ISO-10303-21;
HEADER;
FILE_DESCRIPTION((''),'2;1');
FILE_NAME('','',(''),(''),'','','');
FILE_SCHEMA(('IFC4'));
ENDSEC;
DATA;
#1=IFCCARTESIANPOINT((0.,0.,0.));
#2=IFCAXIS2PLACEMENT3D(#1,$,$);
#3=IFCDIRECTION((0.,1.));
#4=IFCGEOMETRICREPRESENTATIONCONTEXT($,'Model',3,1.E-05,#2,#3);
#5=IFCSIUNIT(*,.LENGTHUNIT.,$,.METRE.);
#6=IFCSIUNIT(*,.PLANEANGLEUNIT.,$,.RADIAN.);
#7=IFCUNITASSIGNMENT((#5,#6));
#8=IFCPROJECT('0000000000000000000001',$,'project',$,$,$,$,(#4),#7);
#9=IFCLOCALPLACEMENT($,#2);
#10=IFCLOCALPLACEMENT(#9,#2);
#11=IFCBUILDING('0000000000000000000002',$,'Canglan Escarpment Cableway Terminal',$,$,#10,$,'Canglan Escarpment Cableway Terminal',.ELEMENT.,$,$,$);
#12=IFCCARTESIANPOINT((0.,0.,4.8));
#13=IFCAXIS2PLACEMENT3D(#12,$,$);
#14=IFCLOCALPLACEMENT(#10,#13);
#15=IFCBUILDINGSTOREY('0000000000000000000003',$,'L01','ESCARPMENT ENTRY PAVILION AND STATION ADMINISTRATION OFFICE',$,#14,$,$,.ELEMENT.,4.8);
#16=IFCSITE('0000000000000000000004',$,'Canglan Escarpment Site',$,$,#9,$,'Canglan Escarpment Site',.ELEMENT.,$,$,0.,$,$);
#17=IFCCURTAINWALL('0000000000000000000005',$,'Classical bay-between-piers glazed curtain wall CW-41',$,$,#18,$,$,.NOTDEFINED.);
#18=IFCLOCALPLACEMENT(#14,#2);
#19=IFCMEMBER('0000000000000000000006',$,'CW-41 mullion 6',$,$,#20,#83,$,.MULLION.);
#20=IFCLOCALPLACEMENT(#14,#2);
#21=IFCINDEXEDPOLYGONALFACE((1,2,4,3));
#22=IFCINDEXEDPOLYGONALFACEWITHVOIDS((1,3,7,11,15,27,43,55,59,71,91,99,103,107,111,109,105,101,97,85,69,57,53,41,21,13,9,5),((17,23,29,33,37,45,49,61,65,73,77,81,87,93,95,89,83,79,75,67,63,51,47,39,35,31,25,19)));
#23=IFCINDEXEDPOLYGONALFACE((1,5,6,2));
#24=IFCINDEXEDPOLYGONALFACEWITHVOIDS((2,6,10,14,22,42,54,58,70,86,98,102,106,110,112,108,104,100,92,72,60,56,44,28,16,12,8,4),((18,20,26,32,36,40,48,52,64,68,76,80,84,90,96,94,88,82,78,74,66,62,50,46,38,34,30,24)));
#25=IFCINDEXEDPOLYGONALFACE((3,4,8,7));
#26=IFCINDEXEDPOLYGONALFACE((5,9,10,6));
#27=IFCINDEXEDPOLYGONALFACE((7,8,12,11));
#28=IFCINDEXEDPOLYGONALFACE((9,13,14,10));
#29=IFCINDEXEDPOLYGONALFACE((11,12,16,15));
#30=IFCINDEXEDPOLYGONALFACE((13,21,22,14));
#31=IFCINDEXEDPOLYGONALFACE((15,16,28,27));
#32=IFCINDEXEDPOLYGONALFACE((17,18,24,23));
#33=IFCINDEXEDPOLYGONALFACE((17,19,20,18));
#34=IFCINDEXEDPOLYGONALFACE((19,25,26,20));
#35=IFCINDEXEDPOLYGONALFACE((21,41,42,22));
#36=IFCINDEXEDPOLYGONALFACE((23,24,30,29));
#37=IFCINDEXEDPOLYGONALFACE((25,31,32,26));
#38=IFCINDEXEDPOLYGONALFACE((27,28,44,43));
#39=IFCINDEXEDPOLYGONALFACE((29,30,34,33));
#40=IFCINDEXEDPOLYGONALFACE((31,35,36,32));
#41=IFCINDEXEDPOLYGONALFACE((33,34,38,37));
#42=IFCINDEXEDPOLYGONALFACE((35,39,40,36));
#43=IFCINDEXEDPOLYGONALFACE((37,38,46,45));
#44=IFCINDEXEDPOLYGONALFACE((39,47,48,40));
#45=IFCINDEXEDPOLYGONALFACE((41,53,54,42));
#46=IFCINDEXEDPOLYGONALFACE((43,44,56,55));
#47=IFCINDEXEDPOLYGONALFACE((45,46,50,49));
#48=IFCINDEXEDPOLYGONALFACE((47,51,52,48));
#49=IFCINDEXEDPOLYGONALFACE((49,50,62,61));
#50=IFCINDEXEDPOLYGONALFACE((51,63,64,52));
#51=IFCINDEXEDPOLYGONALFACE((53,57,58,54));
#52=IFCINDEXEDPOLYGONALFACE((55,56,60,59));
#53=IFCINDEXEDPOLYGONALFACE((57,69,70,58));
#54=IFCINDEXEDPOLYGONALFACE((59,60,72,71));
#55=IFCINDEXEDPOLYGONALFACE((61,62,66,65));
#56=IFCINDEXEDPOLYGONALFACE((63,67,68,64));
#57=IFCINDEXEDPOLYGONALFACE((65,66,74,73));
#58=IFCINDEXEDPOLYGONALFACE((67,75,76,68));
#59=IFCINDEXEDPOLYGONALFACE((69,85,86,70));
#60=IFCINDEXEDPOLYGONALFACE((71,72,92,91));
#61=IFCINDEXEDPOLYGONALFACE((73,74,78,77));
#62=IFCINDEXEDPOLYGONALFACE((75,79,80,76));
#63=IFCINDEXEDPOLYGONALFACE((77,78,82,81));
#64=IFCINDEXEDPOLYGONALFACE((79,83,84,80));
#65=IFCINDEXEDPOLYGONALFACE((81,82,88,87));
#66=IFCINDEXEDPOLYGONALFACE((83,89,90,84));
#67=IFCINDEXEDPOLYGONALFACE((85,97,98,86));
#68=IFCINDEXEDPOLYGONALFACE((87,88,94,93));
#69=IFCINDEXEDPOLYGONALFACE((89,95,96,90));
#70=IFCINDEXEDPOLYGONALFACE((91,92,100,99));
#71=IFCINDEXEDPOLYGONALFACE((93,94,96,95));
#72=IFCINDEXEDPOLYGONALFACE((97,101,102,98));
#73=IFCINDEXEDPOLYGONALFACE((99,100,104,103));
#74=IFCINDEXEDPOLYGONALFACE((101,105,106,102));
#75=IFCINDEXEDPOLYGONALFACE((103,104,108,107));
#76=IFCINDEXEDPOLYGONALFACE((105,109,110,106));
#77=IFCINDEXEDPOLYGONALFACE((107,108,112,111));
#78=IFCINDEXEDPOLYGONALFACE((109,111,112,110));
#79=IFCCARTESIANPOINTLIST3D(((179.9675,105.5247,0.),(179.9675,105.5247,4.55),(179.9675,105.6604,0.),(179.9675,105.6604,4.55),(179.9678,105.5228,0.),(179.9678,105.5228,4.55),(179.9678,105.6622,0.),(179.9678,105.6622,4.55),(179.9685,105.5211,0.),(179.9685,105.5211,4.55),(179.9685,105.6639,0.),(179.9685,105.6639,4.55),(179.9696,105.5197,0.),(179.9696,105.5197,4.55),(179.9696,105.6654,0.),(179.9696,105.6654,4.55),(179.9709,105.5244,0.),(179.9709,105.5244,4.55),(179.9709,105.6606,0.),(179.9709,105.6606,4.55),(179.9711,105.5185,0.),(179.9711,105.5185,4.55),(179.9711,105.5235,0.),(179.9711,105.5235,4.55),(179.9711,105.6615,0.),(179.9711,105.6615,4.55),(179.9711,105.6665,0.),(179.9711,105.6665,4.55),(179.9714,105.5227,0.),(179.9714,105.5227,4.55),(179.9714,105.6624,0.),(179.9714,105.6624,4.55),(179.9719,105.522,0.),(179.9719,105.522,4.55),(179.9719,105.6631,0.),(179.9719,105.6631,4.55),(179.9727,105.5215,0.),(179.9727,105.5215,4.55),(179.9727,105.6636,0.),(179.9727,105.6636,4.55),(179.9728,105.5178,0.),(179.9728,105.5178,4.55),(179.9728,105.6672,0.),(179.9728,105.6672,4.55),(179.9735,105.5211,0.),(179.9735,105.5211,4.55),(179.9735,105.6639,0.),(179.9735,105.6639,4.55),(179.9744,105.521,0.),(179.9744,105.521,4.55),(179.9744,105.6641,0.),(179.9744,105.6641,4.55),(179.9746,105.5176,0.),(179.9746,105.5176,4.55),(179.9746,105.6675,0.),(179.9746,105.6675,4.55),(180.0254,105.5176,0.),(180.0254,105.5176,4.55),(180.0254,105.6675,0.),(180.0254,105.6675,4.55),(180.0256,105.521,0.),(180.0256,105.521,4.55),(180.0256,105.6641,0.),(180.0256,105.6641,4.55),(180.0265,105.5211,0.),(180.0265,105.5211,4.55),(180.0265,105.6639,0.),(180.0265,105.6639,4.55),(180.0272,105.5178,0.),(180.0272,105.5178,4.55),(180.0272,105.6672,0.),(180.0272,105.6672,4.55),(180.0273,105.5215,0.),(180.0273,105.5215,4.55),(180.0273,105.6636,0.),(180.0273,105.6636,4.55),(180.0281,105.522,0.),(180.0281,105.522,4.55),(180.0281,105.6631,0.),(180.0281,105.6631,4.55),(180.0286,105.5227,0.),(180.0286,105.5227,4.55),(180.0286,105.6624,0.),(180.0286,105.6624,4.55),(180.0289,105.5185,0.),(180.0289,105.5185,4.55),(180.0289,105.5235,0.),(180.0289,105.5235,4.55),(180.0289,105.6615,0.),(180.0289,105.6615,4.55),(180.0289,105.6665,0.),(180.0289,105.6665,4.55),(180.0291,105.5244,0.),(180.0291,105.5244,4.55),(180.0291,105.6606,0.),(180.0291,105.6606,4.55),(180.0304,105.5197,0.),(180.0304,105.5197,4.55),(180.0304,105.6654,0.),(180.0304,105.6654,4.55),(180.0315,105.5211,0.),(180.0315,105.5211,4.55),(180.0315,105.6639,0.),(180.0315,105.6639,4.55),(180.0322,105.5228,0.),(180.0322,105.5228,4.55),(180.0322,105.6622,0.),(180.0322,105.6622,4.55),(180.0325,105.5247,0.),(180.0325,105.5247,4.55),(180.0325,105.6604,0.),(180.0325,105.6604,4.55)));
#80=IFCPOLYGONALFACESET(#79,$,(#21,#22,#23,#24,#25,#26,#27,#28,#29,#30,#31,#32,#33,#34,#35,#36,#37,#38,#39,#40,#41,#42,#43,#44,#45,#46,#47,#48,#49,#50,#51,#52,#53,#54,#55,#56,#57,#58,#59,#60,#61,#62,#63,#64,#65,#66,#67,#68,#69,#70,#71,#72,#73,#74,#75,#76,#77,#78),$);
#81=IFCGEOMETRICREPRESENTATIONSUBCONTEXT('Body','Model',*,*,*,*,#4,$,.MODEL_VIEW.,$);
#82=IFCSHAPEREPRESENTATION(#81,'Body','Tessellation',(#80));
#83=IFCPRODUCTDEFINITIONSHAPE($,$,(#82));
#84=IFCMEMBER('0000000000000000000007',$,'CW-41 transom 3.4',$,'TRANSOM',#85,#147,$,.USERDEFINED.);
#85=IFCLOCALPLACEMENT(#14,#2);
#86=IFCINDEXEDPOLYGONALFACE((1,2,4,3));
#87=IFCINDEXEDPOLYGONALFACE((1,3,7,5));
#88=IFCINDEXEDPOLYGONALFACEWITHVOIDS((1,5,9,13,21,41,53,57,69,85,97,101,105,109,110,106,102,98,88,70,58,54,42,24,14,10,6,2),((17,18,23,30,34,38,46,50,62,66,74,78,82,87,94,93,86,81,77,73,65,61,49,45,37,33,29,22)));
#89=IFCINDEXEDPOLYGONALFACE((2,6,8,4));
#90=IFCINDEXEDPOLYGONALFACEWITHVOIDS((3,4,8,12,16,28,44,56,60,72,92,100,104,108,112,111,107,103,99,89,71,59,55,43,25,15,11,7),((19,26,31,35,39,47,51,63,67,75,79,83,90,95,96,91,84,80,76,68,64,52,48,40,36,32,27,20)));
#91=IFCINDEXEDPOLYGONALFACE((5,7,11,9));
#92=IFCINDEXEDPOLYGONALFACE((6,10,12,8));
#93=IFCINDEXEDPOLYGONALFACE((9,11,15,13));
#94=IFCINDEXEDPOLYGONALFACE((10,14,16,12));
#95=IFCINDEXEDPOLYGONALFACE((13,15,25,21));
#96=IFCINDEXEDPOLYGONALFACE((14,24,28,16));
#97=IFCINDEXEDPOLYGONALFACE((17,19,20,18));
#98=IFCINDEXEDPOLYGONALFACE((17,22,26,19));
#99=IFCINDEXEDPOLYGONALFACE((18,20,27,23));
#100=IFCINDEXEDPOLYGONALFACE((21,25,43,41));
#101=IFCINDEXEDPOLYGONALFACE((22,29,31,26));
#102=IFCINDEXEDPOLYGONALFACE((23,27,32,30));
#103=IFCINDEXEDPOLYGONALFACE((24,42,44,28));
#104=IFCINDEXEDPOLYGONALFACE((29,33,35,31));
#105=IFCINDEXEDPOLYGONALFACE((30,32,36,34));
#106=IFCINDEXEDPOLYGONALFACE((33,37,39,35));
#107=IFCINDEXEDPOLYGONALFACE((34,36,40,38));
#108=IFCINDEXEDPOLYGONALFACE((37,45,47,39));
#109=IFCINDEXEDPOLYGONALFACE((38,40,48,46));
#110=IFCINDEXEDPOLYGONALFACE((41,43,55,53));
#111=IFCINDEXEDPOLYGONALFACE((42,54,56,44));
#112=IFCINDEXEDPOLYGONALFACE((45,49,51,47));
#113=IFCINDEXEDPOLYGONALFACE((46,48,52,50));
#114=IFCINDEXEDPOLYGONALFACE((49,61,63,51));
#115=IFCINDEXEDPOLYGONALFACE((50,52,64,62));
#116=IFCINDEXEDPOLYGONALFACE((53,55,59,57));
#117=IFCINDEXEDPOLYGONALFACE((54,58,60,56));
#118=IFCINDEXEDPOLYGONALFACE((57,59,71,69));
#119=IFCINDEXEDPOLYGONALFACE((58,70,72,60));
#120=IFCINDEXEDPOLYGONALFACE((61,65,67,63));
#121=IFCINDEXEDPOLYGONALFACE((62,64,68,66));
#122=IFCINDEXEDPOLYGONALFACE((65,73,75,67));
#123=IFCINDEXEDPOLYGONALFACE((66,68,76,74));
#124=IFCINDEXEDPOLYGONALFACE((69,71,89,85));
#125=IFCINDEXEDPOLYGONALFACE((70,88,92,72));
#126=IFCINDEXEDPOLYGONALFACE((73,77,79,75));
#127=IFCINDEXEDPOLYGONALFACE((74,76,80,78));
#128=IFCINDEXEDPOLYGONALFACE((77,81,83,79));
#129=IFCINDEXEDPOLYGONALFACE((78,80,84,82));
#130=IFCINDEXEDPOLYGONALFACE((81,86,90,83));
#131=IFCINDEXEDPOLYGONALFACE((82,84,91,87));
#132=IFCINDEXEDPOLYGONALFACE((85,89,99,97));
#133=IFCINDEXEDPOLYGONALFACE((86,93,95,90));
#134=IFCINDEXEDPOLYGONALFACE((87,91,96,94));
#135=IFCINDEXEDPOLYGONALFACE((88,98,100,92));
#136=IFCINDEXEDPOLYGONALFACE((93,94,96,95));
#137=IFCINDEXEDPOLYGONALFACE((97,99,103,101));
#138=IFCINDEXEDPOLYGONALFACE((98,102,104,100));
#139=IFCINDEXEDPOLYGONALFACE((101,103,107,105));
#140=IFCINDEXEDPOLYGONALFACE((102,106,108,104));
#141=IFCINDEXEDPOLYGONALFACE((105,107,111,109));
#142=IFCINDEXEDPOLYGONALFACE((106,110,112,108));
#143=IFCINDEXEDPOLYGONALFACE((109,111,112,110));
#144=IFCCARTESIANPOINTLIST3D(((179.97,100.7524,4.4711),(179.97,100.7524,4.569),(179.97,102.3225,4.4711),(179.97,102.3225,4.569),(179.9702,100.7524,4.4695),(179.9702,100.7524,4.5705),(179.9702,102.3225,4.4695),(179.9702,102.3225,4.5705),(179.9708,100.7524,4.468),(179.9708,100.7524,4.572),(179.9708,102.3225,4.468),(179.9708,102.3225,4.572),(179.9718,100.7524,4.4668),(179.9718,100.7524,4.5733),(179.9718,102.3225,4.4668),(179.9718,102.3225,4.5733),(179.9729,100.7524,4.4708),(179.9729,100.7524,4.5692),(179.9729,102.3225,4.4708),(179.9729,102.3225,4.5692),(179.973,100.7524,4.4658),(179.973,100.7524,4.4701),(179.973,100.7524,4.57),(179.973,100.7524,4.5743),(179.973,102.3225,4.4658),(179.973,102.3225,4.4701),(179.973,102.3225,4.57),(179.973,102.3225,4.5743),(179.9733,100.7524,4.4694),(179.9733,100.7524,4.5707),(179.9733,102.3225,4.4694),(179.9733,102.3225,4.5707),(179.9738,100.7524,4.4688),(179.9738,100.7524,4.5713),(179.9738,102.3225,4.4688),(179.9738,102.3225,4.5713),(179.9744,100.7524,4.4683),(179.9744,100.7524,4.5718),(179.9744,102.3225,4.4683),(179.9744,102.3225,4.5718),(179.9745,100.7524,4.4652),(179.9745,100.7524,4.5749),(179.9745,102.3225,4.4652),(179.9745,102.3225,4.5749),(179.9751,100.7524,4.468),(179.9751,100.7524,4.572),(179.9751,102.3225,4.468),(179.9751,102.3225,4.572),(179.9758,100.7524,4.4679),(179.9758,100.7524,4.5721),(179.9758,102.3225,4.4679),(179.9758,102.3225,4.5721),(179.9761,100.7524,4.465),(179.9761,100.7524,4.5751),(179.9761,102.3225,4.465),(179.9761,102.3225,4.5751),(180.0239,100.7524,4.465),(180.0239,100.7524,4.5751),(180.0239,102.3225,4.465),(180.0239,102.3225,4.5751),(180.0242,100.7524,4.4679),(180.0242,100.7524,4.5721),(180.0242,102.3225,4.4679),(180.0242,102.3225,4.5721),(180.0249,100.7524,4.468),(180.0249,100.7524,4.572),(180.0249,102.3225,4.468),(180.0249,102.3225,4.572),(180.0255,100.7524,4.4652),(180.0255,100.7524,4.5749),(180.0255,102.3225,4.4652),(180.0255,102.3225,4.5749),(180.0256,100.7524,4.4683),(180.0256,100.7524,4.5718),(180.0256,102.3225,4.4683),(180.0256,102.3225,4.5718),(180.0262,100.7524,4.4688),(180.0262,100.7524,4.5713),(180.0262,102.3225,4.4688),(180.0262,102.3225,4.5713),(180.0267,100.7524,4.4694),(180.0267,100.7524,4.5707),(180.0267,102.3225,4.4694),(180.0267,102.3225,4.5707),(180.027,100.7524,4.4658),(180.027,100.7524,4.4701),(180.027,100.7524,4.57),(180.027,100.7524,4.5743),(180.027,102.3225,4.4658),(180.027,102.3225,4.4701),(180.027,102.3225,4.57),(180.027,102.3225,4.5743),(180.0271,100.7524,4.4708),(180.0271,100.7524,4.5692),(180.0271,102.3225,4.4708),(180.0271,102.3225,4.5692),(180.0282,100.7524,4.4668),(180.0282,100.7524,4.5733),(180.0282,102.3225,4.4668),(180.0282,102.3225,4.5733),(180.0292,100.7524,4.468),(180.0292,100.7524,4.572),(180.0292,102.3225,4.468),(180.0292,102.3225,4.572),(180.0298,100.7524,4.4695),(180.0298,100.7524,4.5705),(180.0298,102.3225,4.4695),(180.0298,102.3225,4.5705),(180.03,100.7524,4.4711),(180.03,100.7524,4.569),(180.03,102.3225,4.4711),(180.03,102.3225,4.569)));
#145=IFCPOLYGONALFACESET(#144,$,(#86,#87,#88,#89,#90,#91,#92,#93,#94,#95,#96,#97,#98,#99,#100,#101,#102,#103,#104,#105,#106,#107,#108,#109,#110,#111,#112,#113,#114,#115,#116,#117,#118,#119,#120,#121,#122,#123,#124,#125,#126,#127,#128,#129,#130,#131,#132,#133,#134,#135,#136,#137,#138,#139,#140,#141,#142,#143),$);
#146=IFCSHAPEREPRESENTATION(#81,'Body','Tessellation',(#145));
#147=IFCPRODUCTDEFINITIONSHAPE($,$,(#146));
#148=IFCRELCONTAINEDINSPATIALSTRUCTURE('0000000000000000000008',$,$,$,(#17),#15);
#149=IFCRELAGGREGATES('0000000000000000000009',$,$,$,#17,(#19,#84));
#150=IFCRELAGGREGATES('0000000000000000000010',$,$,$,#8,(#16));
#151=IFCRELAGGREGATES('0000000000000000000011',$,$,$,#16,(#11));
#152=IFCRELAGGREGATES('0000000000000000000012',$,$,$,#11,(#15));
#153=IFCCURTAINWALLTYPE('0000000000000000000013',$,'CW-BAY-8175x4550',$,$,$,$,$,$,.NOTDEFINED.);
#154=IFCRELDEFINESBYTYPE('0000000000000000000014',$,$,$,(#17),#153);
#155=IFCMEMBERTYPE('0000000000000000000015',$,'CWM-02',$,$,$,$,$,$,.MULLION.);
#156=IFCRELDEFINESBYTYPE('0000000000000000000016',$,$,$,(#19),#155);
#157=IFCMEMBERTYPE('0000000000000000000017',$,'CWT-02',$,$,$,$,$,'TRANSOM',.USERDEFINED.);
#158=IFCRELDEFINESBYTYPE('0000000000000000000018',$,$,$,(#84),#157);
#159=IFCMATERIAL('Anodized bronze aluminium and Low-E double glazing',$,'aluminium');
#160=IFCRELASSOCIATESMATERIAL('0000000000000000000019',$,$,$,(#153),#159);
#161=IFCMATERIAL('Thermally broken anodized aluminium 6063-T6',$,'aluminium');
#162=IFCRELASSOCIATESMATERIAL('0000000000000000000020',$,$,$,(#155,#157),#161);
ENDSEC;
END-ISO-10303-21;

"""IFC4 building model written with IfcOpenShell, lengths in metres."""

from ifc_helpers import new_model, si_unit, direction, frame, origin, origin_2d, place, context, subcontext, project, spatial, hollow_rectangle, extrude, material, material_profile, profile_set, type_object, element, aggregate, save


model = new_model("IFC4")

# Units and contexts
model_context = context("Model", 3, precision=1e-05, world=origin(), true_north=direction((0.0, 1.0)))
body_context = subcontext(model_context, "Body", "Model", "MODEL_VIEW")
ifc_project = project(units=[si_unit("LENGTHUNIT", "METRE"), si_unit("PLANEANGLEUNIT", "RADIAN")], contexts=[model_context])

# Site, building, storey
site_placement = place(None, origin())
site = spatial("IfcSite", under=ifc_project, at=site_placement, Name="Canglan Escarpment Site", LongName="Canglan Escarpment Site", CompositionType="ELEMENT", RefElevation=0.0)
building_placement = place(site_placement, origin())
building = spatial("IfcBuilding", under=site, at=building_placement, Name="Canglan Escarpment Cableway Terminal", LongName="Canglan Escarpment Cableway Terminal", CompositionType="ELEMENT")
storey_placement = place(building_placement, frame((0.0, 0.0, 4.8)))
storey = spatial("IfcBuildingStorey", under=building, at=storey_placement, Name="L01", Description="ESCARPMENT ENTRY PAVILION AND STATION ADMINISTRATION OFFICE", CompositionType="ELEMENT", Elevation=4.8)

# Curtain wall, members
ifc_material_1 = material(Name="Anodized bronze aluminium and Low-E double glazing", Category="aluminium")
curtain_wall_type = type_object("IfcCurtainWallType", Name="CW-BAY-8175x4550", PredefinedType="NOTDEFINED", material=ifc_material_1)
curtain_wall_placement = place(storey_placement, origin())
curtain_wall = element("IfcCurtainWall", 1, at=curtain_wall_placement, inside=storey, type_object=curtain_wall_type, Name="Classical bay-between-piers glazed curtain wall CW-41", PredefinedType="NOTDEFINED")
ifc_material_2 = material(Name="Thermally broken anodized aluminium 6063-T6", Category="aluminium")
ifc_material_profile_1 = material_profile(ifc_material_2, hollow_rectangle(XDim=0.0649, YDim=0.1499, WallThickness=0.0034, InnerFilletRadius=0.0034, OuterFilletRadius=0.0071, at=origin_2d()), Name="ALU-MULL 65x150x3.5")
ifc_profile_set_1 = profile_set([ifc_material_profile_1], Name="Thermally broken anodized aluminium 6063-T6")
member_type_1 = type_object("IfcMemberType", Name="CWM-02", PredefinedType="MULLION", material=ifc_profile_set_1)
member_1_placement = place(storey_placement, frame((180.0, 105.5925, 0.0), z_axis=(0.0, 0.0, 1.0), x_axis=(-1.0, 0.0, 0.0)))
member_1 = element("IfcMember", 2, at=member_1_placement, type_object=member_type_1, Name="CW-41 mullion 6", PredefinedType="MULLION", context=body_context, shape_type="SweptSolid", body=[
    extrude(hollow_rectangle(XDim=0.0649, YDim=0.1499, WallThickness=0.0034, InnerFilletRadius=0.0034, OuterFilletRadius=0.0071, at=origin_2d()), origin(), (0.0, 0.0, 1.0), 4.55),
])
ifc_material_profile_2 = material_profile(ifc_material_2, hollow_rectangle(XDim=0.0601, YDim=0.1101, WallThickness=0.0029, InnerFilletRadius=0.0029, OuterFilletRadius=0.0061, at=origin_2d()), Name="ALU-TRAN 60x110x3")
ifc_profile_set_2 = profile_set([ifc_material_profile_2], Name="Thermally broken anodized aluminium 6063-T6")
member_type_2 = type_object("IfcMemberType", Name="CWT-02", ElementType="TRANSOM", PredefinedType="USERDEFINED", material=ifc_profile_set_2)
member_2_placement = place(storey_placement, frame((180.0, 100.7524, 4.52), z_axis=(0.0, 1.0, 0.0), x_axis=(-1.0, 0.0, 0.0)))
member_2 = element("IfcMember", 3, at=member_2_placement, type_object=member_type_2, Name="CW-41 transom 3.4", ObjectType="TRANSOM", PredefinedType="USERDEFINED", context=body_context, shape_type="SweptSolid", body=[
    extrude(hollow_rectangle(XDim=0.0601, YDim=0.1101, WallThickness=0.0029, InnerFilletRadius=0.0029, OuterFilletRadius=0.0061, at=origin_2d()), origin(), (0.0, 0.0, 1.0), 1.5701),
])
aggregate(curtain_wall, [member_1, member_2])

save(model, "model.ifc")
